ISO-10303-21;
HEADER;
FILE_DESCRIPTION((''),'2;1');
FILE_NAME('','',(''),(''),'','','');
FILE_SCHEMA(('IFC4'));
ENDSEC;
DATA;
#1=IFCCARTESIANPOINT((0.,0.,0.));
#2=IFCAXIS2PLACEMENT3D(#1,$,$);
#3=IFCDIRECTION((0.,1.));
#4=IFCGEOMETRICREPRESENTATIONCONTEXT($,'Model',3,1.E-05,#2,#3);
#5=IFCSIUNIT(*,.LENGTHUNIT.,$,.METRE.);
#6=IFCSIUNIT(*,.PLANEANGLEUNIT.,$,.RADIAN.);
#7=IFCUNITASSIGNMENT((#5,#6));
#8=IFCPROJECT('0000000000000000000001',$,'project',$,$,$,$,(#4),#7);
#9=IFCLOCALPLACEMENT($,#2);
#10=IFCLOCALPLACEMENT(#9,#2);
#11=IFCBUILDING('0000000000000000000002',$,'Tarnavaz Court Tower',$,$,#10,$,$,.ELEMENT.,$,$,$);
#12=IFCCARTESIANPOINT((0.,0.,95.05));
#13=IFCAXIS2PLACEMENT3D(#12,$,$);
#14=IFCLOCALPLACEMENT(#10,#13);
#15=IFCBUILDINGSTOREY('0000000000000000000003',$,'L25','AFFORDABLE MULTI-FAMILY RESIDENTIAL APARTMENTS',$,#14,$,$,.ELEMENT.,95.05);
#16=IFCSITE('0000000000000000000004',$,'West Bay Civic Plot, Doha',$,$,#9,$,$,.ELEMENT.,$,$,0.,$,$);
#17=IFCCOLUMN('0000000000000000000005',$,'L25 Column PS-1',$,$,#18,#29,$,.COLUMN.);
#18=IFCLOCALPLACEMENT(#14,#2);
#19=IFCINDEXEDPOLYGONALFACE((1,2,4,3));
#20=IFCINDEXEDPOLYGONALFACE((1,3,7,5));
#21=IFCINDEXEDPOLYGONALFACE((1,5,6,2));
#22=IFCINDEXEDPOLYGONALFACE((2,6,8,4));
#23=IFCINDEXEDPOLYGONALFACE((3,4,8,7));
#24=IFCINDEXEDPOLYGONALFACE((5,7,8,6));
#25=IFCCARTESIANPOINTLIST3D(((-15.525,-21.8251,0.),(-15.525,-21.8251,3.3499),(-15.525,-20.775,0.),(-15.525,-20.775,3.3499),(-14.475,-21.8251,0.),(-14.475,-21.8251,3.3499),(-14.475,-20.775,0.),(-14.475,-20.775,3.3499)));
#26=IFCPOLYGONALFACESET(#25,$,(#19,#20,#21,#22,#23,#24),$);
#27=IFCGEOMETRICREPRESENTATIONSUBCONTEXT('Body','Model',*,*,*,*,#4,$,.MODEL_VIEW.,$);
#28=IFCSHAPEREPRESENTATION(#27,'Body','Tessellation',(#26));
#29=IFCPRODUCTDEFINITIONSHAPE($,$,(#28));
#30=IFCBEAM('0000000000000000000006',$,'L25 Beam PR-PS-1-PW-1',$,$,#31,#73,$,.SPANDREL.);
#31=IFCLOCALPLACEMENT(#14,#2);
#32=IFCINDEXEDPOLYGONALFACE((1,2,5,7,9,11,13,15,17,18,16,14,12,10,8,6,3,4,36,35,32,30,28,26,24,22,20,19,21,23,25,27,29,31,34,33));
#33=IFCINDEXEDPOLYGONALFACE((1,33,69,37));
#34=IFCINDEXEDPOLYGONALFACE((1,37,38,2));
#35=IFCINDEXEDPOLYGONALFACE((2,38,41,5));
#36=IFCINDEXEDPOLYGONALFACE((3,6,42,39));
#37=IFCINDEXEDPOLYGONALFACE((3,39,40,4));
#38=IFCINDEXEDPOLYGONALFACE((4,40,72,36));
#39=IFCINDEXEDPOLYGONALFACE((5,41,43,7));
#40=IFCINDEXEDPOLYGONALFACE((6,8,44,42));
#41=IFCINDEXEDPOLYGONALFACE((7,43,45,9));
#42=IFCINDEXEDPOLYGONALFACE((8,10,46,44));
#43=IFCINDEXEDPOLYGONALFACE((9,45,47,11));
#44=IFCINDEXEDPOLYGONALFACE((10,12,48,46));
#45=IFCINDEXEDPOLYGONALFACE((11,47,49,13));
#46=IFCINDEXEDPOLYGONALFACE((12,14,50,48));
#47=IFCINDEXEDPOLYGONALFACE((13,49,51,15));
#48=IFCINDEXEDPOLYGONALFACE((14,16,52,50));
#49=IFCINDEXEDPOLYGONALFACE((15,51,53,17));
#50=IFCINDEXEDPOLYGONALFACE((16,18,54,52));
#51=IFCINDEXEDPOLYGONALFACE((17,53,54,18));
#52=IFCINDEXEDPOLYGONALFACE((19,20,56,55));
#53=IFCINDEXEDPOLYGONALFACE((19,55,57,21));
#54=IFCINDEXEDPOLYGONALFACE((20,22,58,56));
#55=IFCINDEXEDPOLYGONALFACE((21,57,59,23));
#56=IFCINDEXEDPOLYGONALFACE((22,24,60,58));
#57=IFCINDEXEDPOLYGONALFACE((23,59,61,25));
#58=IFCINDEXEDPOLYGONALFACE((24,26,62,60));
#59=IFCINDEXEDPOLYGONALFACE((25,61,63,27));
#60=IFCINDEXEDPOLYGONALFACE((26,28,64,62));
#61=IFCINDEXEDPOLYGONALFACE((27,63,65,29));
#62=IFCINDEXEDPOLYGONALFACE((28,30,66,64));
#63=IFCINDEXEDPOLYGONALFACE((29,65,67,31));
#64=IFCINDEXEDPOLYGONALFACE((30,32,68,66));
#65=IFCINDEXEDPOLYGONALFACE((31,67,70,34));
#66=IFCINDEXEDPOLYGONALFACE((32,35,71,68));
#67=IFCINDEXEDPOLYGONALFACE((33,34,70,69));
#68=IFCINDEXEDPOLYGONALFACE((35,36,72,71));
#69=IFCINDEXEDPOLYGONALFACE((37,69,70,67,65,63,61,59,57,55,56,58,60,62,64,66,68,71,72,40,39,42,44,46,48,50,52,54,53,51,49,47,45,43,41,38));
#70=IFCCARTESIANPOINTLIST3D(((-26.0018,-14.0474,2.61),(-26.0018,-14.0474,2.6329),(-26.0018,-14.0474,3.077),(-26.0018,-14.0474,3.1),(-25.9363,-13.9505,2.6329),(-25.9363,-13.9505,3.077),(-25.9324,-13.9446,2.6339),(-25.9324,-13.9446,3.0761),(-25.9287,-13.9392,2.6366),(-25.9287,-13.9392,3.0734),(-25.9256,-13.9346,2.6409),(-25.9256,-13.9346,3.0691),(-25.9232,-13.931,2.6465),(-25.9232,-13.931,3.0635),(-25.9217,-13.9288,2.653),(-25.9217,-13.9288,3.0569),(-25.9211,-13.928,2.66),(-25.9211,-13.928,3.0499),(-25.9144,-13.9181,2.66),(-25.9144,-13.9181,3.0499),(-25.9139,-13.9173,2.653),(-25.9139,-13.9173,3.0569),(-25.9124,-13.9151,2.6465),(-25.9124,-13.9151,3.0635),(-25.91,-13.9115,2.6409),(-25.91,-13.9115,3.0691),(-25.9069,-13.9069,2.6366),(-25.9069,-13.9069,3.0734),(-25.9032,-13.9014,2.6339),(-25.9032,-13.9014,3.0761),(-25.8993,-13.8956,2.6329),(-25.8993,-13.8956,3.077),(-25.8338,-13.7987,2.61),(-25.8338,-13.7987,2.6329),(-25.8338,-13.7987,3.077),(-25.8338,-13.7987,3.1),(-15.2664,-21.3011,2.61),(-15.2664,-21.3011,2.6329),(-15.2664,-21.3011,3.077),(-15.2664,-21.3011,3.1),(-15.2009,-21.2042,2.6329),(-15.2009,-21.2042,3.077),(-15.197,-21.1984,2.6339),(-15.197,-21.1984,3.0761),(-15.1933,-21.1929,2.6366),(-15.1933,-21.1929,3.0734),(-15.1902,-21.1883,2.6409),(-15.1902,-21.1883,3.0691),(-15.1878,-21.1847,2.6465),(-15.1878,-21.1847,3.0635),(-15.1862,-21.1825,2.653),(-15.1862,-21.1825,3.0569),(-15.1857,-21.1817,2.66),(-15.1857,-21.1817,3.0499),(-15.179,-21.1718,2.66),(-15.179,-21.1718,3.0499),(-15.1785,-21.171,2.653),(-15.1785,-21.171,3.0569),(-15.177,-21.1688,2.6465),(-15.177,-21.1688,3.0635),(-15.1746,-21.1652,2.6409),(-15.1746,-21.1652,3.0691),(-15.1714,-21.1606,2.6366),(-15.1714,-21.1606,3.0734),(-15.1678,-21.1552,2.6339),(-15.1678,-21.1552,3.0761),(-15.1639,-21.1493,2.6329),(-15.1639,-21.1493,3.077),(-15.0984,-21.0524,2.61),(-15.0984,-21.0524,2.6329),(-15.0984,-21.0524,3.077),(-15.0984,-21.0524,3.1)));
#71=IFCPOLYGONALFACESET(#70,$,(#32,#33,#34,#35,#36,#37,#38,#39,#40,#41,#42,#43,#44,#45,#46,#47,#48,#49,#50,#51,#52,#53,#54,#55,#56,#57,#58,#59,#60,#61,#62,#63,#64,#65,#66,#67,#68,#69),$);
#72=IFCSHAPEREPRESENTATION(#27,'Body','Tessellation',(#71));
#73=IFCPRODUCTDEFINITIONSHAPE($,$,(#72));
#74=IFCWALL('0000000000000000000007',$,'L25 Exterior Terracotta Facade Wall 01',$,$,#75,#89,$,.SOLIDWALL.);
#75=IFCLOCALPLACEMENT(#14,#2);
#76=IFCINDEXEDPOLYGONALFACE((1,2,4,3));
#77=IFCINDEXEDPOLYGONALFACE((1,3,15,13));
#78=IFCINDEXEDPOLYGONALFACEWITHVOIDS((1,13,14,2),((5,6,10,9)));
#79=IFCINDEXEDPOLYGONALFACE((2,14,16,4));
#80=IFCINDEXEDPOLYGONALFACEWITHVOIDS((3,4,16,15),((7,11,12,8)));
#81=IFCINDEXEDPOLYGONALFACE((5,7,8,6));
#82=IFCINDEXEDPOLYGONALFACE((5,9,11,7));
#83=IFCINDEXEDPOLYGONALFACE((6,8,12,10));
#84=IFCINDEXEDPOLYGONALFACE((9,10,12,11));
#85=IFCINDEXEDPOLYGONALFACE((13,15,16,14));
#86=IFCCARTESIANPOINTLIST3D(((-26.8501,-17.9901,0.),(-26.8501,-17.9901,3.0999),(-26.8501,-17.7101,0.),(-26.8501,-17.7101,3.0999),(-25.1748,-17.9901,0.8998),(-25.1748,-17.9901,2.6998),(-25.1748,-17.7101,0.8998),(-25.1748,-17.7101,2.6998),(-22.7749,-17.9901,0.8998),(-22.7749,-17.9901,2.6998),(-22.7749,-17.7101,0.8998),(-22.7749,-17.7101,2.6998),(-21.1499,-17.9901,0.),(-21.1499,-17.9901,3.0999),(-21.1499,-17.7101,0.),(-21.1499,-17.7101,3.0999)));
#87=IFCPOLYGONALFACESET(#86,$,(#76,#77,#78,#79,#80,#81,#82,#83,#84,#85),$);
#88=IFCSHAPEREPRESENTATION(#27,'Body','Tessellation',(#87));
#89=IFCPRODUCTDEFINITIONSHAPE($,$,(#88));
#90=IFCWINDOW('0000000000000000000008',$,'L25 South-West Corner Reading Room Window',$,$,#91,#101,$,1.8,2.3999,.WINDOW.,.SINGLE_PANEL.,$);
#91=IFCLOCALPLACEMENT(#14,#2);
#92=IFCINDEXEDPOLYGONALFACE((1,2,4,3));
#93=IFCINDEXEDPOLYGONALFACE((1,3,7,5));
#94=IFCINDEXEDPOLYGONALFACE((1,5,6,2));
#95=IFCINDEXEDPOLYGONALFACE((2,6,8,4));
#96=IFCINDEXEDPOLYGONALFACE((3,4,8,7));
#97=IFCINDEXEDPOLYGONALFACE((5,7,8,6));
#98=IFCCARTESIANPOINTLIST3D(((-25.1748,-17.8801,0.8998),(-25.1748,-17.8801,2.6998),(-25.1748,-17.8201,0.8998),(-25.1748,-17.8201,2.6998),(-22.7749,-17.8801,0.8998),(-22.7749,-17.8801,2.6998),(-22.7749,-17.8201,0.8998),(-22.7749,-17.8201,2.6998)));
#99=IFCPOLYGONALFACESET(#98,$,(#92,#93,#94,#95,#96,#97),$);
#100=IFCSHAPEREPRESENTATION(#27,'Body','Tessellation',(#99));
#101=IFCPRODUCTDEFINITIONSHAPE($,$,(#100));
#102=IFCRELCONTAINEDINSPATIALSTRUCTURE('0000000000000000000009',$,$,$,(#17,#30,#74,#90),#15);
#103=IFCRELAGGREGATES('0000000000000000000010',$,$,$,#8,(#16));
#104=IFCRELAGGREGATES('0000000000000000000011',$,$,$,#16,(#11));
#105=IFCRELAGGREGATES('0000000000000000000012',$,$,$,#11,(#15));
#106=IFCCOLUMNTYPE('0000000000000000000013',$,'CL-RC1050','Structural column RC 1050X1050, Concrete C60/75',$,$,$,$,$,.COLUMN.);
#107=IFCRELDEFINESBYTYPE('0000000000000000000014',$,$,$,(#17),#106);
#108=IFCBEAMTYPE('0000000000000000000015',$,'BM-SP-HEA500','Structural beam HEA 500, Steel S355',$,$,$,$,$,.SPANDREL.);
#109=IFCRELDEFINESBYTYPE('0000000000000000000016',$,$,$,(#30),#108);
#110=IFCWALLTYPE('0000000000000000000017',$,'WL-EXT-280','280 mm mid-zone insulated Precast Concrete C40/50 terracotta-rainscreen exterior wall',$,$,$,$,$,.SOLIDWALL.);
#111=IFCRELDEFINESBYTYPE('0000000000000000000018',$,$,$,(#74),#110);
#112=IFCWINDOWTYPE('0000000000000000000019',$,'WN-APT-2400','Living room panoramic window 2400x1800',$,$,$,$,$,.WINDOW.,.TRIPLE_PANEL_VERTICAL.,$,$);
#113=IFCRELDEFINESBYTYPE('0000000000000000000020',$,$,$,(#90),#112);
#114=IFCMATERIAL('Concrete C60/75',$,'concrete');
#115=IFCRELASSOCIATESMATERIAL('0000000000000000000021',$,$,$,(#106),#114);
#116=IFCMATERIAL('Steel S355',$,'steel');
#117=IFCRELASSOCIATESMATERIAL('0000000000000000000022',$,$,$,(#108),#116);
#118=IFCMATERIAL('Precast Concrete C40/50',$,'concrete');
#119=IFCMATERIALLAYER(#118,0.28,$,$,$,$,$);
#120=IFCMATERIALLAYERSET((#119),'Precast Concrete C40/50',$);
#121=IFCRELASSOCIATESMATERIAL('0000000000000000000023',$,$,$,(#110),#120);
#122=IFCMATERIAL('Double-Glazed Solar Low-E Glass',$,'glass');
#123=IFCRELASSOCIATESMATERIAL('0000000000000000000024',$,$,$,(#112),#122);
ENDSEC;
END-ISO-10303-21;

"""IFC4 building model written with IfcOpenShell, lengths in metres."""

from ifc_helpers import new_model, si_unit, direction, frame, frame_2d, origin, origin_2d, place, context, subcontext, project, spatial, rectangle, i_section, extrude, material, layer, layer_set, material_profile, profile_set, type_object, element, fill, save


model = new_model("IFC4")

# Units and contexts
model_context = context("Model", 3, precision=1e-05, world=origin(), true_north=direction((0.0, 1.0)))
body_context = subcontext(model_context, "Body", "Model", "MODEL_VIEW")
ifc_project = project(units=[si_unit("LENGTHUNIT", "METRE"), si_unit("PLANEANGLEUNIT", "RADIAN")], contexts=[model_context])

# Site, building, storey
site_placement = place(None, origin())
site = spatial("IfcSite", under=ifc_project, at=site_placement, Name="West Bay Civic Plot, Doha", CompositionType="ELEMENT", RefElevation=0.0)
building_placement = place(site_placement, origin())
building = spatial("IfcBuilding", under=site, at=building_placement, Name="Tarnavaz Court Tower", CompositionType="ELEMENT")
storey_placement = place(building_placement, frame((0.0, 0.0, 95.05)))
storey = spatial("IfcBuildingStorey", under=building, at=storey_placement, Name="L25", Description="AFFORDABLE MULTI-FAMILY RESIDENTIAL APARTMENTS", CompositionType="ELEMENT", Elevation=95.05)

# Column
ifc_material_1 = material(Name="Concrete C60/75", Category="concrete")
ifc_material_profile_1 = material_profile(ifc_material_1, rectangle(XDim=1.05, YDim=1.05, at=origin_2d()), Name="RC 1050X1050")
ifc_profile_set_1 = profile_set([ifc_material_profile_1], Name="Concrete C60/75")
column_type = type_object("IfcColumnType", Name="CL-RC1050", Description="Structural column RC 1050X1050, Concrete C60/75", PredefinedType="COLUMN", material=ifc_profile_set_1)
column_placement = place(storey_placement, frame((-15.0, -21.3, 0.0), z_axis=(0.0, 0.0, 1.0), x_axis=(1.0, 0.0, 0.0)))
element("IfcColumn", 1, at=column_placement, inside=storey, type_object=column_type, Name="L25 Column PS-1", PredefinedType="COLUMN", context=body_context, shape_type="SweptSolid", body=[
    extrude(rectangle(XDim=1.05, YDim=1.05, at=origin_2d()), origin(), (0.0, 0.0, 1.0), 3.3499),
])

# Beam
ifc_material_2 = material(Name="Steel S355", Category="steel")
ifc_material_profile_2 = material_profile(ifc_material_2, i_section(OverallWidth=0.3, OverallDepth=0.49, WebThickness=0.012, FlangeThickness=0.0229, FilletRadius=0.0271, at=origin_2d()), Name="HEA 500")
ifc_profile_set_2 = profile_set([ifc_material_profile_2], Name="Steel S355")
beam_type = type_object("IfcBeamType", Name="BM-SP-HEA500", Description="Structural beam HEA 500, Steel S355", PredefinedType="SPANDREL", material=ifc_profile_set_2)
beam_placement = place(storey_placement, frame((-15.1824, -21.1768, 2.855), z_axis=(-0.828587, 0.55986, 0.0), x_axis=(-0.55986, -0.828587, 0.0)))
element("IfcBeam", 2, at=beam_placement, inside=storey, type_object=beam_type, Name="L25 Beam PR-PS-1-PW-1", PredefinedType="SPANDREL", context=body_context, shape_type="SweptSolid", body=[
    extrude(i_section(OverallWidth=0.3, OverallDepth=0.49, WebThickness=0.012, FlangeThickness=0.0229, FilletRadius=0.0271, at=origin_2d()), origin(), (0.0, 0.0, 1.0), 12.9563),
])

# Wall, opening, window
ifc_material_3 = material(Name="Precast Concrete C40/50", Category="concrete")
ifc_layer_1 = layer(ifc_material_3, 0.28)
ifc_layer_set_1 = layer_set([ifc_layer_1], Name="Precast Concrete C40/50")
wall_type_1 = type_object("IfcWallType", Name="WL-EXT-280", Description="280 mm mid-zone insulated Precast Concrete C40/50 terracotta-rainscreen exterior wall", PredefinedType="SOLIDWALL", material=ifc_layer_set_1)
wall_1_placement = place(storey_placement, frame((-21.1499, -17.8501, 0.0), z_axis=(0.0, 0.0, 1.0), x_axis=(-1.0, 0.0, 0.0)))
wall_1 = element("IfcWall", 3, at=wall_1_placement, inside=storey, type_object=wall_type_1, Name="L25 Exterior Terracotta Facade Wall 01", PredefinedType="SOLIDWALL", context=body_context, shape_type="SweptSolid", body=[
    extrude(rectangle(XDim=5.7002, YDim=0.28, at=frame_2d((2.8501, 0.0))), origin(), (0.0, 0.0, 1.0), 3.0999),
])
opening_1_placement = place(wall_1_placement, frame((1.625, 0.0, 0.8999)))
opening_1 = element("IfcOpeningElement", 4, at=opening_1_placement, cuts=wall_1, PredefinedType="OPENING", context=body_context, shape_type="SweptSolid", body=[
    extrude(rectangle(XDim=2.3999, YDim=1.8, at=frame_2d((1.2, 0.8999))), frame((0.0, 0.1499, 0.0), z_axis=(0.0, -1.0, 0.0), x_axis=(1.0, 0.0, 0.0)), (0.0, 0.0, 1.0), 0.3),
])
ifc_material_4 = material(Name="Double-Glazed Solar Low-E Glass", Category="glass")
window_type_1 = type_object("IfcWindowType", Name="WN-APT-2400", Description="Living room panoramic window 2400x1800", PartitioningType="TRIPLE_PANEL_VERTICAL", PredefinedType="WINDOW", material=ifc_material_4)
window_1_placement = place(opening_1_placement, origin())
window_1 = element("IfcWindow", 5, at=window_1_placement, inside=storey, type_object=window_type_1, Name="L25 South-West Corner Reading Room Window", OverallHeight=1.8, OverallWidth=2.3999, PartitioningType="SINGLE_PANEL", PredefinedType="WINDOW", context=body_context, shape_type="SweptSolid", body=[
    extrude(rectangle(XDim=2.3999, YDim=1.8, at=frame_2d((1.2, 0.8999))), frame((0.0, 0.03, 0.0), z_axis=(0.0, -1.0, 0.0), x_axis=(1.0, 0.0, 0.0)), (0.0, 0.0, 1.0), 0.0601),
])
fill(opening_1, window_1)

save(model, "model.ifc")
